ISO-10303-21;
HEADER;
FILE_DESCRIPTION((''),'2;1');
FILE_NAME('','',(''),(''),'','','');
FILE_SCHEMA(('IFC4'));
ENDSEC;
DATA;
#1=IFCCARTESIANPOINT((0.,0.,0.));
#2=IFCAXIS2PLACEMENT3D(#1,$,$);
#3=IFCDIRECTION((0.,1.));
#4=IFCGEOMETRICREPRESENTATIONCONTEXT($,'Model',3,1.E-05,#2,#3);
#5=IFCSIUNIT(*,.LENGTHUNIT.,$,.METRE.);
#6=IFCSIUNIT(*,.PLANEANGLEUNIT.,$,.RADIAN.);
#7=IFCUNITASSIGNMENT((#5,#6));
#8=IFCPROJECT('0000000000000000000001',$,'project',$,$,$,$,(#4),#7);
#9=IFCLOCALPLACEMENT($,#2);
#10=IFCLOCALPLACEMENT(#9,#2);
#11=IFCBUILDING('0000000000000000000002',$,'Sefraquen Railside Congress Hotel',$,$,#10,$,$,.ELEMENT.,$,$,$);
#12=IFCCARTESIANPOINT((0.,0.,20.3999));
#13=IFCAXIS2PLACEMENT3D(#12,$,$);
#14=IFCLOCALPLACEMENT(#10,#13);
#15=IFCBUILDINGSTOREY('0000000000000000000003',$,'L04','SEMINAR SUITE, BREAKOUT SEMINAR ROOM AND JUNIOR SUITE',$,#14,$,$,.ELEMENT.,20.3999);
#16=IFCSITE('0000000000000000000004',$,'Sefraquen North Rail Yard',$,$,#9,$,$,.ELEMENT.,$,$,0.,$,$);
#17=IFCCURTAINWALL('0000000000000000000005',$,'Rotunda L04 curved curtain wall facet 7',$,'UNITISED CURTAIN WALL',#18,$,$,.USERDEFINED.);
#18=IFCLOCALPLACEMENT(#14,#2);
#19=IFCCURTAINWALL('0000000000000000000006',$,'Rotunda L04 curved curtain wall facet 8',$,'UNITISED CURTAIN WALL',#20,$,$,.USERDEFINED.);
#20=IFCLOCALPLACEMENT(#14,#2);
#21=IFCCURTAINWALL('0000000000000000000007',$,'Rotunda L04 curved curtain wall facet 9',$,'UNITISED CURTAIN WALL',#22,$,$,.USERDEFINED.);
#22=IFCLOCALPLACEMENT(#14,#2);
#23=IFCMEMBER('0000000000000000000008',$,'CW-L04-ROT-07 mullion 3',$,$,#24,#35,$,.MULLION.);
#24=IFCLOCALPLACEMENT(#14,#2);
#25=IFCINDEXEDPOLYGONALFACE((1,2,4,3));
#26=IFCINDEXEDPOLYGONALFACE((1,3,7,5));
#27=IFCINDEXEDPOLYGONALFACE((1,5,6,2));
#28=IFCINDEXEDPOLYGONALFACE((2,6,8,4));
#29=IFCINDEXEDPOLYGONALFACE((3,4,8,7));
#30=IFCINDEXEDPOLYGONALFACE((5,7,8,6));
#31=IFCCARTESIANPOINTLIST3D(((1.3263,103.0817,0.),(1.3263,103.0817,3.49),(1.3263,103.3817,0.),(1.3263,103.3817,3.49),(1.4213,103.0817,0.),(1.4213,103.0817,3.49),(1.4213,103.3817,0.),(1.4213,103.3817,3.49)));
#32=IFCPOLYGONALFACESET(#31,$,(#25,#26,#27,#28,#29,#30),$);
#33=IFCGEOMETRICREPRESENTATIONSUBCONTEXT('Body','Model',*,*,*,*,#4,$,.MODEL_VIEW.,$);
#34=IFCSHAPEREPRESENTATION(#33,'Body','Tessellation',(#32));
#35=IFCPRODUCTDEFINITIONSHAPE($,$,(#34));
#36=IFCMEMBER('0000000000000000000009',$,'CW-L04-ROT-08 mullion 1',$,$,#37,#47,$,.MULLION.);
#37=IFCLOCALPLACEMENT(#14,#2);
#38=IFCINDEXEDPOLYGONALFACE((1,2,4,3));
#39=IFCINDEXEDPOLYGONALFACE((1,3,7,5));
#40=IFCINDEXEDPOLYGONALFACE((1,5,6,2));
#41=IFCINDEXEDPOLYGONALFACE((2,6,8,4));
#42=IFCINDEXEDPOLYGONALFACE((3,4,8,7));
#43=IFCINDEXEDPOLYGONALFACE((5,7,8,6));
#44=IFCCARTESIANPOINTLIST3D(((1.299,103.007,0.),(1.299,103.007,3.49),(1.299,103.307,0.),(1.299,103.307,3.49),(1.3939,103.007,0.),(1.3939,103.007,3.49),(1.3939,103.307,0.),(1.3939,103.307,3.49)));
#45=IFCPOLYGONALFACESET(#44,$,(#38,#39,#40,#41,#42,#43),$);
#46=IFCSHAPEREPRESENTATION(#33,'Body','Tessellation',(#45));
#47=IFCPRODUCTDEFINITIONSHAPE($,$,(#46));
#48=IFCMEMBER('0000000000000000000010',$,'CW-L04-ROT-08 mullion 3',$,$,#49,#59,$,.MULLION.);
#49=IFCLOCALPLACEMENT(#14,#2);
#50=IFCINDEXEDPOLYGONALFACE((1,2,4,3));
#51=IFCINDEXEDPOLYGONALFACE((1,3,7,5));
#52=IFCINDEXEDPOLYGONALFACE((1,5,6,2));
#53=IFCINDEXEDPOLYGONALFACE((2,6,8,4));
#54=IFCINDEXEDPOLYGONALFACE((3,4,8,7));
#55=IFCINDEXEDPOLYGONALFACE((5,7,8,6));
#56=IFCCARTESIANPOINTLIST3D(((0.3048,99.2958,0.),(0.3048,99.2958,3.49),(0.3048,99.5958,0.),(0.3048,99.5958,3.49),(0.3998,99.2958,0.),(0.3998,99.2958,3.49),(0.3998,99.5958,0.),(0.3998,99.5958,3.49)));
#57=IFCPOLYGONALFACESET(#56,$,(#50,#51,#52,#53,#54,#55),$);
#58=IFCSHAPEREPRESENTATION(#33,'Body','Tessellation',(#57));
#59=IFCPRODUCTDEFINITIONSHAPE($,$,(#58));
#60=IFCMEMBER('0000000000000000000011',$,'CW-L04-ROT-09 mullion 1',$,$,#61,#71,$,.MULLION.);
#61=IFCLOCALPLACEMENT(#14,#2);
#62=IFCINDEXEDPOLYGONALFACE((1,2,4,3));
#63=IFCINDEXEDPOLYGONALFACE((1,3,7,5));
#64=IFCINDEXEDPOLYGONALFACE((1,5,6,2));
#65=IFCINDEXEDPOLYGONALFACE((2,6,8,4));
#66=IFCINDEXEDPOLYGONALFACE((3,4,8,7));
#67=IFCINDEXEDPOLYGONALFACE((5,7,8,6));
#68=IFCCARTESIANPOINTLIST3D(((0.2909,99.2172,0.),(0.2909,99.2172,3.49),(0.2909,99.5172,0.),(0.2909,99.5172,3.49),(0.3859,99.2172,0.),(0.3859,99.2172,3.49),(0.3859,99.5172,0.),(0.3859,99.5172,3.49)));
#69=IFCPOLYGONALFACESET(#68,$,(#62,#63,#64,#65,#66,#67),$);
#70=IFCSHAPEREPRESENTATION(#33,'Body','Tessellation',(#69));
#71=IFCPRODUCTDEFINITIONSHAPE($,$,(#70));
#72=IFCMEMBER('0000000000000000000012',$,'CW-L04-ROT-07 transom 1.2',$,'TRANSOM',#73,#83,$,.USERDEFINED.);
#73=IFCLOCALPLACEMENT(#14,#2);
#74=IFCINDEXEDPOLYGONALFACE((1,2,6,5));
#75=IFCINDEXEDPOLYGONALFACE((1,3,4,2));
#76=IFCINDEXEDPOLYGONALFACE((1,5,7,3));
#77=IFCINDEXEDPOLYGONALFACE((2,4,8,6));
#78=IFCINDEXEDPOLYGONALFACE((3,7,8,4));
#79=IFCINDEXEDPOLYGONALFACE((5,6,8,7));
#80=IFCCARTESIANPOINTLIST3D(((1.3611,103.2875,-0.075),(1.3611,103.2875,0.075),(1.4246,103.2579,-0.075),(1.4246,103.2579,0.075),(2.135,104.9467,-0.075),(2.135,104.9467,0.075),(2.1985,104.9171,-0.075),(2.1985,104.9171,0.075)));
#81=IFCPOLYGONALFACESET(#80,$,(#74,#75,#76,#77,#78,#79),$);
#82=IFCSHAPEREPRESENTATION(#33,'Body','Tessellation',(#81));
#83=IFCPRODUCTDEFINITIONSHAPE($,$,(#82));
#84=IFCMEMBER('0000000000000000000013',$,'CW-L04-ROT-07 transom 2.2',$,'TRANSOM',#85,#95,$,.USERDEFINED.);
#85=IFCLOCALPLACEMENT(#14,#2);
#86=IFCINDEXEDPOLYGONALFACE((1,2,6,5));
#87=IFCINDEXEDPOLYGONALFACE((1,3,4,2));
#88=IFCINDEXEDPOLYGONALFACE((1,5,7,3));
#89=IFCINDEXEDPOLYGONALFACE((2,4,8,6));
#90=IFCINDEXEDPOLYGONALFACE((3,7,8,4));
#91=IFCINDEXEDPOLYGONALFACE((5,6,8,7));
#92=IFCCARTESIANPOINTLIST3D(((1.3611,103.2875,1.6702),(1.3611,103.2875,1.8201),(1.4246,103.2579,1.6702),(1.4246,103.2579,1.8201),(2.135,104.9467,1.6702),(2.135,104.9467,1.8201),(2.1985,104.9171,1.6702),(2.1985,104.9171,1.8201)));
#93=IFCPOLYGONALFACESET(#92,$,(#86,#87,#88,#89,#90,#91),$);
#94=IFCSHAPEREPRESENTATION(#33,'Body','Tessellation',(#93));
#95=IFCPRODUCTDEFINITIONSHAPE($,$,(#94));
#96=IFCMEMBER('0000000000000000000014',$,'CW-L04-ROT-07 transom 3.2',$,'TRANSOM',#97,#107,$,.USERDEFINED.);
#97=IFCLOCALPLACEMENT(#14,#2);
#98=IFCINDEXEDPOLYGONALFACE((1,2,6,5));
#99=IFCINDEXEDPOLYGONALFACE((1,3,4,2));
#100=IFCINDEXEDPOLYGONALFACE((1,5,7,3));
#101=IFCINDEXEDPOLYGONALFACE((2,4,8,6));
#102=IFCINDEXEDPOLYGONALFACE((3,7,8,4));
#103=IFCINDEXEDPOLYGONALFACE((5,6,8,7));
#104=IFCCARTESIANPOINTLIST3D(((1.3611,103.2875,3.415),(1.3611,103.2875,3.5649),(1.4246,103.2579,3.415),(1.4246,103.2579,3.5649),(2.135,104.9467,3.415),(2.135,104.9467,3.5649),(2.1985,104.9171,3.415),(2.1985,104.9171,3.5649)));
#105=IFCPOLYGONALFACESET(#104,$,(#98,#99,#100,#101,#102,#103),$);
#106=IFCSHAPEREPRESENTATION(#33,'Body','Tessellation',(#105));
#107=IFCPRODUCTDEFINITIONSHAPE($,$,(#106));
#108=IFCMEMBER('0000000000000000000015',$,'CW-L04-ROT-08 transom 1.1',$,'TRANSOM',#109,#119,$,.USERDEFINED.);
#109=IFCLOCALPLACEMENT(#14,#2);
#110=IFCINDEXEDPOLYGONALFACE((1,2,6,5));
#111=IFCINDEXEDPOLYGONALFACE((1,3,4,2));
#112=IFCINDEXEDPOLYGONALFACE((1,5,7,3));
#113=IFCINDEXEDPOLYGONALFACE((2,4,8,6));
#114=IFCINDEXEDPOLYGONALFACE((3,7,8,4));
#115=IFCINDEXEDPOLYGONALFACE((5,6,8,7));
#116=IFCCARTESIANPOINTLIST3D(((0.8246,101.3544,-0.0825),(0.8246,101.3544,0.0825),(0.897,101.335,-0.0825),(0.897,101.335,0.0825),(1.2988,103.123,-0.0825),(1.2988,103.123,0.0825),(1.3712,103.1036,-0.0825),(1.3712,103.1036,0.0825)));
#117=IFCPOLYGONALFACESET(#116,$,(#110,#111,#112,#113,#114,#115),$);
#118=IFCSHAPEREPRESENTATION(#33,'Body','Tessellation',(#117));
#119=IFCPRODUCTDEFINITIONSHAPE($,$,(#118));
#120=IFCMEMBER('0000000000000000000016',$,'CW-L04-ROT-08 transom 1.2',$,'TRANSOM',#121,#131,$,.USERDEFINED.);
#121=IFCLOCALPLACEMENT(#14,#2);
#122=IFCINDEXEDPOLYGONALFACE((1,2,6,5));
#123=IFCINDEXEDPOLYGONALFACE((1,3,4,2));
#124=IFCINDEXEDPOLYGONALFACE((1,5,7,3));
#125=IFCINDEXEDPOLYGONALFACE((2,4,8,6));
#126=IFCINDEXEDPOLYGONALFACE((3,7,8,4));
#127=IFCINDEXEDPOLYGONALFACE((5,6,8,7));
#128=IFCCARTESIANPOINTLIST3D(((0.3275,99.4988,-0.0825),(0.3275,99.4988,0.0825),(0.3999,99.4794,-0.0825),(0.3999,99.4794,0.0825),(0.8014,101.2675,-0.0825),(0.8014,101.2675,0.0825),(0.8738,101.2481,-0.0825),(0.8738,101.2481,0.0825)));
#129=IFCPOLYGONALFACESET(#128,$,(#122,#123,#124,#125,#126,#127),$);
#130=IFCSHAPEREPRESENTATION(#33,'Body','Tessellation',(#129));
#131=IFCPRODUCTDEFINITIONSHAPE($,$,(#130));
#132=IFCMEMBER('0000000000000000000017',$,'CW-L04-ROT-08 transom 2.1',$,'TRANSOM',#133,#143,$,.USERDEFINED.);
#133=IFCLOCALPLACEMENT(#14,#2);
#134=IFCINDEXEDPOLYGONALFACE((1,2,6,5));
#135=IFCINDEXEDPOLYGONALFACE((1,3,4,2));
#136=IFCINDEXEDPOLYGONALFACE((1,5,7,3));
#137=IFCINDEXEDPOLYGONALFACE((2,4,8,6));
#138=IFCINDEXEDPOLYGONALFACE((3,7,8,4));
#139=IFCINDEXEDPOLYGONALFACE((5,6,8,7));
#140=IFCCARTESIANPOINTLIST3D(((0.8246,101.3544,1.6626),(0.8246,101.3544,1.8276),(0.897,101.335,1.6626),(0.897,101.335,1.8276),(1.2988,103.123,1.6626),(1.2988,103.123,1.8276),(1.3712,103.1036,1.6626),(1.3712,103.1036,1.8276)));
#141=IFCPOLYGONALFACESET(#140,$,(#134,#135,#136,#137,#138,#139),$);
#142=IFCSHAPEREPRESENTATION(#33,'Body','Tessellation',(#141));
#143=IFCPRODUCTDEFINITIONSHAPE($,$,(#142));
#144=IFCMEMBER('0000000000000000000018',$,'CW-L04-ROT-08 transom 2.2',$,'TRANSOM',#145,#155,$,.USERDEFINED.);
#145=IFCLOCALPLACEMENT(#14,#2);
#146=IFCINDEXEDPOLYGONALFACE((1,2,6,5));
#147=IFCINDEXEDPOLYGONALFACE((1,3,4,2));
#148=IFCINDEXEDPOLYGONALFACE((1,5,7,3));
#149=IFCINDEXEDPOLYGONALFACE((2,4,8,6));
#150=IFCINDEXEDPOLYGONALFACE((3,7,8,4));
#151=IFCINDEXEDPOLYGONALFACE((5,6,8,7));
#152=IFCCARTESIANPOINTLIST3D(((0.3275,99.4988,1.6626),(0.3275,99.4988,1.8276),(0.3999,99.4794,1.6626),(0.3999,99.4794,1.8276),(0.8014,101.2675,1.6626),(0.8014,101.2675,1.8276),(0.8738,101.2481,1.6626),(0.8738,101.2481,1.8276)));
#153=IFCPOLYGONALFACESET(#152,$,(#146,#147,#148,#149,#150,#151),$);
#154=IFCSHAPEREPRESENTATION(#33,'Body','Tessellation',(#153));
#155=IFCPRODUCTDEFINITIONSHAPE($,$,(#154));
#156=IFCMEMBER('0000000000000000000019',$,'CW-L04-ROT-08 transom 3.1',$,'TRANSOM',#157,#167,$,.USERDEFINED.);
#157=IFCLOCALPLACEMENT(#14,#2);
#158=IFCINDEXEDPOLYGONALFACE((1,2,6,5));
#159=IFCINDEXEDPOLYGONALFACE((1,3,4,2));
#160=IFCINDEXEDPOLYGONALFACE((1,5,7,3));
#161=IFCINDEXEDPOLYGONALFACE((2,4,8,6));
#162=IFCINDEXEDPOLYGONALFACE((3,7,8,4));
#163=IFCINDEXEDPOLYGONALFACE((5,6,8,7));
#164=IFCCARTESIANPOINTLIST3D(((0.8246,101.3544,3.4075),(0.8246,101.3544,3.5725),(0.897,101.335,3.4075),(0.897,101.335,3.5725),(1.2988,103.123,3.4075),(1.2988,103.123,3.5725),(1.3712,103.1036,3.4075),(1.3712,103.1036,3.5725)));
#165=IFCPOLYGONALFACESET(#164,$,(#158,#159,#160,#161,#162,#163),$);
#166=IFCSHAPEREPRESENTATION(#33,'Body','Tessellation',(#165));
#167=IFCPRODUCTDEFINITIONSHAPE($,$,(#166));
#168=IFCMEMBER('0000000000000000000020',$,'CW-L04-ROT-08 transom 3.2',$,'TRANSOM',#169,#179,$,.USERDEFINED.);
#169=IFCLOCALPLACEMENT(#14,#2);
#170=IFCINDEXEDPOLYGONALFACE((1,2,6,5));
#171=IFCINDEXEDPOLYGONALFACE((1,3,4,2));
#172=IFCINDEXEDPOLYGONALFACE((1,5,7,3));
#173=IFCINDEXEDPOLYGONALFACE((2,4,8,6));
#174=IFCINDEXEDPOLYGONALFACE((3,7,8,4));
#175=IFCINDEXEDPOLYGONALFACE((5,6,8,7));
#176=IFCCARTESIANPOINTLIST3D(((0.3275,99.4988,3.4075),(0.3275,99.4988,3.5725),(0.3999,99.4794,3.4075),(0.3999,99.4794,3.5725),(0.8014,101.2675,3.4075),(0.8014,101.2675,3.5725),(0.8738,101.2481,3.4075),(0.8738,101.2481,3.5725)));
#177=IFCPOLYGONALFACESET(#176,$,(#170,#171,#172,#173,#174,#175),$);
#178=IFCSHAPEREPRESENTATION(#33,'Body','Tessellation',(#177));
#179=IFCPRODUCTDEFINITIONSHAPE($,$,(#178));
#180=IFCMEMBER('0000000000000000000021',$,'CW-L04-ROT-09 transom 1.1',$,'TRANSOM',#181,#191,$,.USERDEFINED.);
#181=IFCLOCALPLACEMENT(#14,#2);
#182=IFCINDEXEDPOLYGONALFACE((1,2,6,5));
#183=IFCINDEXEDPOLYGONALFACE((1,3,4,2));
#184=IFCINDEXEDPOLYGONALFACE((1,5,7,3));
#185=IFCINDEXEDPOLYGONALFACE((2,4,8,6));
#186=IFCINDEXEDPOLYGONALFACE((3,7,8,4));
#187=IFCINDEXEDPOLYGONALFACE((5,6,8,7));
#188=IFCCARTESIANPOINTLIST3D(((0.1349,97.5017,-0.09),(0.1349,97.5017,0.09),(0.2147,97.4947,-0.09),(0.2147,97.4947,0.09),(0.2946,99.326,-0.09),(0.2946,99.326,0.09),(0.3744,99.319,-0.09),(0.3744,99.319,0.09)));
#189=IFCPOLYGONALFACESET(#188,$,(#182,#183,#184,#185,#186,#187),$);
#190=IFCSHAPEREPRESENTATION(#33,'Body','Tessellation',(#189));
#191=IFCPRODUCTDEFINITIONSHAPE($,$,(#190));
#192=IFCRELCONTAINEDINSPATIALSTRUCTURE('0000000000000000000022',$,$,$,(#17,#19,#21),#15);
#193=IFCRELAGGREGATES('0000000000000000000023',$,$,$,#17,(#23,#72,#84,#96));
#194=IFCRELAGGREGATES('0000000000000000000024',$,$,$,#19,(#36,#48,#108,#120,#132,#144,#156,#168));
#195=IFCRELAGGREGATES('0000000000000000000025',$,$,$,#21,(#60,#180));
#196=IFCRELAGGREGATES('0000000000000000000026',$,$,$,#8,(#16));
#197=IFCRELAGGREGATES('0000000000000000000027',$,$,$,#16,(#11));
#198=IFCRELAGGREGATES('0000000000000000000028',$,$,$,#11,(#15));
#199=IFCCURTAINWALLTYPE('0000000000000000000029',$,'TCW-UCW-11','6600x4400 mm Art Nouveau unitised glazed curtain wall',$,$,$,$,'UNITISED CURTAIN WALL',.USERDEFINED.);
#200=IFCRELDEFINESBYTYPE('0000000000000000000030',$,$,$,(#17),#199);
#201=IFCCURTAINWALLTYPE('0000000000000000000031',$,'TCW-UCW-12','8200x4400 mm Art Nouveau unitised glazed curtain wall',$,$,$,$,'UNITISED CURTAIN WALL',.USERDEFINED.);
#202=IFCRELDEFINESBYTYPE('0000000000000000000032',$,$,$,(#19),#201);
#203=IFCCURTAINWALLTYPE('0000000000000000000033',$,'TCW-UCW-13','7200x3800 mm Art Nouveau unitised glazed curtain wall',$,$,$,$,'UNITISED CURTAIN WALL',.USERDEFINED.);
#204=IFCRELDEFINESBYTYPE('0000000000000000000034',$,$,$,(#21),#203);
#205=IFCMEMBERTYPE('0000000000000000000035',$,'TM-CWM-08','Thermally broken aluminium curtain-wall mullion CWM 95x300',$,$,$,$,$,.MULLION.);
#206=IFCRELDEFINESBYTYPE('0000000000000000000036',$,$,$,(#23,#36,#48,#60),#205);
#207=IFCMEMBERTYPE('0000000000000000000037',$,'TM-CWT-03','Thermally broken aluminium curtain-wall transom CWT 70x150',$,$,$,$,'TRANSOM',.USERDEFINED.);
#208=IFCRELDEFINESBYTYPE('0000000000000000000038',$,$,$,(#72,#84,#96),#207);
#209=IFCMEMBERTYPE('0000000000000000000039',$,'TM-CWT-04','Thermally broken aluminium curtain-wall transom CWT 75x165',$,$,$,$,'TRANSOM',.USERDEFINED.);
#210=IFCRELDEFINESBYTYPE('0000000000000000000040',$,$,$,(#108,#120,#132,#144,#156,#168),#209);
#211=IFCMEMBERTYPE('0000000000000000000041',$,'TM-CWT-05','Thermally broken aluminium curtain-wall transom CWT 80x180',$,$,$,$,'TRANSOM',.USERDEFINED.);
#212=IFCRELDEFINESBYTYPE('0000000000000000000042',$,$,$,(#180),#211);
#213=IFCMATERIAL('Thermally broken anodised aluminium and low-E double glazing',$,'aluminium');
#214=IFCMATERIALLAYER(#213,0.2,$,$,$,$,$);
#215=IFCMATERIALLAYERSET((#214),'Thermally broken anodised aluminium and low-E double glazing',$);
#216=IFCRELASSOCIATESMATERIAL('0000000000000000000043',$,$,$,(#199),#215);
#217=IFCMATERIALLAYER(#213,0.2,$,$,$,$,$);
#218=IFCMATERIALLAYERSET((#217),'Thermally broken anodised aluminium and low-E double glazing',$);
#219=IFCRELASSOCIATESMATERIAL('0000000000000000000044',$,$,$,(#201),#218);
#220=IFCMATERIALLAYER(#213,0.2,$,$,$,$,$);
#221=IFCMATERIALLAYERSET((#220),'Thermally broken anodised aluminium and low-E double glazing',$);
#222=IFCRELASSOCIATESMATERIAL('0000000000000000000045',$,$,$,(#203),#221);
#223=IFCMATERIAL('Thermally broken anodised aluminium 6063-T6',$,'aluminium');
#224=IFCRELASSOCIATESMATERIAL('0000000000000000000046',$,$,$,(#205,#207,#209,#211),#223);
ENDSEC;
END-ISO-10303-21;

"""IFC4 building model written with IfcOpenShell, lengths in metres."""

from ifc_helpers import new_model, si_unit, direction, frame, origin, origin_2d, place, context, subcontext, project, spatial, rectangle, extrude, material, layer, layer_set, material_profile, profile_set, type_object, element, aggregate, save


model = new_model("IFC4")

# Units and contexts
model_context = context("Model", 3, precision=1e-05, world=origin(), true_north=direction((0.0, 1.0)))
body_context = subcontext(model_context, "Body", "Model", "MODEL_VIEW")
ifc_project = project(units=[si_unit("LENGTHUNIT", "METRE"), si_unit("PLANEANGLEUNIT", "RADIAN")], contexts=[model_context])

# Site, building, storey
site_placement = place(None, origin())
site = spatial("IfcSite", under=ifc_project, at=site_placement, Name="Sefraquen North Rail Yard", CompositionType="ELEMENT", RefElevation=0.0)
building_placement = place(site_placement, origin())
building = spatial("IfcBuilding", under=site, at=building_placement, Name="Sefraquen Railside Congress Hotel", CompositionType="ELEMENT")
storey_placement = place(building_placement, frame((0.0, 0.0, 20.3999)))
storey = spatial("IfcBuildingStorey", under=building, at=storey_placement, Name="L04", Description="SEMINAR SUITE, BREAKOUT SEMINAR ROOM AND JUNIOR SUITE", CompositionType="ELEMENT", Elevation=20.3999)

# Curtain walls
ifc_material_1 = material(Name="Thermally broken anodised aluminium and low-E double glazing", Category="aluminium")
ifc_layer_1 = layer(ifc_material_1, 0.2)
ifc_layer_set_1 = layer_set([ifc_layer_1], Name="Thermally broken anodised aluminium and low-E double glazing")
curtain_wall_type_1 = type_object("IfcCurtainWallType", Name="TCW-UCW-11", Description="6600x4400 mm Art Nouveau unitised glazed curtain wall", ElementType="UNITISED CURTAIN WALL", PredefinedType="USERDEFINED", material=ifc_layer_set_1)
curtain_wall_1_placement = place(storey_placement, origin())
curtain_wall_1 = element("IfcCurtainWall", 1, at=curtain_wall_1_placement, inside=storey, type_object=curtain_wall_type_1, Name="Rotunda L04 curved curtain wall facet 7", ObjectType="UNITISED CURTAIN WALL", PredefinedType="USERDEFINED")
ifc_material_2 = material(Name="Thermally broken anodised aluminium 6063-T6", Category="aluminium")
ifc_layer_2 = layer(ifc_material_1, 0.2)
ifc_layer_set_2 = layer_set([ifc_layer_2], Name="Thermally broken anodised aluminium and low-E double glazing")
curtain_wall_type_2 = type_object("IfcCurtainWallType", Name="TCW-UCW-12", Description="8200x4400 mm Art Nouveau unitised glazed curtain wall", ElementType="UNITISED CURTAIN WALL", PredefinedType="USERDEFINED", material=ifc_layer_set_2)
curtain_wall_2_placement = place(storey_placement, origin())
curtain_wall_2 = element("IfcCurtainWall", 2, at=curtain_wall_2_placement, inside=storey, type_object=curtain_wall_type_2, Name="Rotunda L04 curved curtain wall facet 8", ObjectType="UNITISED CURTAIN WALL", PredefinedType="USERDEFINED")
ifc_layer_3 = layer(ifc_material_1, 0.2)
ifc_layer_set_3 = layer_set([ifc_layer_3], Name="Thermally broken anodised aluminium and low-E double glazing")
curtain_wall_type_3 = type_object("IfcCurtainWallType", Name="TCW-UCW-13", Description="7200x3800 mm Art Nouveau unitised glazed curtain wall", ElementType="UNITISED CURTAIN WALL", PredefinedType="USERDEFINED", material=ifc_layer_set_3)
curtain_wall_3_placement = place(storey_placement, origin())
curtain_wall_3 = element("IfcCurtainWall", 3, at=curtain_wall_3_placement, inside=storey, type_object=curtain_wall_type_3, Name="Rotunda L04 curved curtain wall facet 9", ObjectType="UNITISED CURTAIN WALL", PredefinedType="USERDEFINED")

# Members
ifc_material_profile_1 = material_profile(ifc_material_2, rectangle(XDim=0.095, YDim=0.3, at=origin_2d()), Name="CWM 95x300")
ifc_profile_set_1 = profile_set([ifc_material_profile_1], Name="Thermally broken anodised aluminium 6063-T6")
member_type_1 = type_object("IfcMemberType", Name="TM-CWM-08", Description="Thermally broken aluminium curtain-wall mullion CWM 95x300", PredefinedType="MULLION", material=ifc_profile_set_1)
member_1_placement = place(storey_placement, frame((1.3738, 103.2317, 0.0), z_axis=(0.0, 0.0, 1.0), x_axis=(1.0, 0.0, 0.0)))
member_1 = element("IfcMember", 4, at=member_1_placement, type_object=member_type_1, Name="CW-L04-ROT-07 mullion 3", PredefinedType="MULLION", context=body_context, shape_type="SweptSolid", body=[
    extrude(rectangle(XDim=0.095, YDim=0.3, at=origin_2d()), origin(), (0.0, 0.0, 1.0), 3.49),
])
member_2_placement = place(storey_placement, frame((1.3464, 103.157, 0.0), z_axis=(0.0, 0.0, 1.0), x_axis=(1.0, 0.0, 0.0)))
member_2 = element("IfcMember", 5, at=member_2_placement, type_object=member_type_1, Name="CW-L04-ROT-08 mullion 1", PredefinedType="MULLION", context=body_context, shape_type="SweptSolid", body=[
    extrude(rectangle(XDim=0.095, YDim=0.3, at=origin_2d()), origin(), (0.0, 0.0, 1.0), 3.49),
])
member_3_placement = place(storey_placement, frame((0.3523, 99.4458, 0.0), z_axis=(0.0, 0.0, 1.0), x_axis=(1.0, 0.0, 0.0)))
member_3 = element("IfcMember", 6, at=member_3_placement, type_object=member_type_1, Name="CW-L04-ROT-08 mullion 3", PredefinedType="MULLION", context=body_context, shape_type="SweptSolid", body=[
    extrude(rectangle(XDim=0.095, YDim=0.3, at=origin_2d()), origin(), (0.0, 0.0, 1.0), 3.49),
])
member_4_placement = place(storey_placement, frame((0.3384, 99.3672, 0.0), z_axis=(0.0, 0.0, 1.0), x_axis=(1.0, 0.0, 0.0)))
member_4 = element("IfcMember", 7, at=member_4_placement, type_object=member_type_1, Name="CW-L04-ROT-09 mullion 1", PredefinedType="MULLION", context=body_context, shape_type="SweptSolid", body=[
    extrude(rectangle(XDim=0.095, YDim=0.3, at=origin_2d()), origin(), (0.0, 0.0, 1.0), 3.49),
])
ifc_material_profile_2 = material_profile(ifc_material_2, rectangle(XDim=0.0701, YDim=0.1499, at=origin_2d()), Name="CWT 70x150")
ifc_profile_set_2 = profile_set([ifc_material_profile_2], Name="Thermally broken anodised aluminium 6063-T6")
member_type_2 = type_object("IfcMemberType", Name="TM-CWT-03", Description="Thermally broken aluminium curtain-wall transom CWT 70x150", ElementType="TRANSOM", PredefinedType="USERDEFINED", material=ifc_profile_set_2)
member_5_placement = place(storey_placement, frame((2.1667, 104.9319, 0.0), z_axis=(-0.422725, -0.906258, 0.0), x_axis=(0.906258, -0.422725, 0.0)))
member_5 = element("IfcMember", 8, at=member_5_placement, type_object=member_type_2, Name="CW-L04-ROT-07 transom 1.2", ObjectType="TRANSOM", PredefinedType="USERDEFINED", context=body_context, shape_type="SweptSolid", body=[
    extrude(rectangle(XDim=0.0701, YDim=0.1499, at=origin_2d()), origin(), (0.0, 0.0, 1.0), 1.8308),
])
member_6_placement = place(storey_placement, frame((2.1667, 104.9319, 1.7451), z_axis=(-0.422725, -0.906258, 0.0), x_axis=(0.906258, -0.422725, 0.0)))
member_6 = element("IfcMember", 9, at=member_6_placement, type_object=member_type_2, Name="CW-L04-ROT-07 transom 2.2", ObjectType="TRANSOM", PredefinedType="USERDEFINED", context=body_context, shape_type="SweptSolid", body=[
    extrude(rectangle(XDim=0.0701, YDim=0.1499, at=origin_2d()), origin(), (0.0, 0.0, 1.0), 1.8308),
])
member_7_placement = place(storey_placement, frame((2.1667, 104.9319, 3.49), z_axis=(-0.422725, -0.906258, 0.0), x_axis=(0.906258, -0.422725, 0.0)))
member_7 = element("IfcMember", 10, at=member_7_placement, type_object=member_type_2, Name="CW-L04-ROT-07 transom 3.2", ObjectType="TRANSOM", PredefinedType="USERDEFINED", context=body_context, shape_type="SweptSolid", body=[
    extrude(rectangle(XDim=0.0701, YDim=0.1499, at=origin_2d()), origin(), (0.0, 0.0, 1.0), 1.8308),
])
ifc_material_profile_3 = material_profile(ifc_material_2, rectangle(XDim=0.075, YDim=0.165, at=origin_2d()), Name="CWT 75x165")
ifc_profile_set_3 = profile_set([ifc_material_profile_3], Name="Thermally broken anodised aluminium 6063-T6")
member_type_3 = type_object("IfcMemberType", Name="TM-CWT-04", Description="Thermally broken aluminium curtain-wall transom CWT 75x165", ElementType="TRANSOM", PredefinedType="USERDEFINED", material=ifc_profile_set_3)
member_8_placement = place(storey_placement, frame((1.335, 103.1133, 0.0), z_axis=(-0.25894, -0.965893, 0.0), x_axis=(0.965893, -0.25894, 0.0)))
member_8 = element("IfcMember", 11, at=member_8_placement, type_object=member_type_3, Name="CW-L04-ROT-08 transom 1.1", ObjectType="TRANSOM", PredefinedType="USERDEFINED", context=body_context, shape_type="SweptSolid", body=[
    extrude(rectangle(XDim=0.075, YDim=0.165, at=origin_2d()), origin(), (0.0, 0.0, 1.0), 1.8311),
])
member_9_placement = place(storey_placement, frame((0.8376, 101.2578, 0.0), z_axis=(-0.258816, -0.965927, 0.0), x_axis=(0.965927, -0.258816, 0.0)))
member_9 = element("IfcMember", 12, at=member_9_placement, type_object=member_type_3, Name="CW-L04-ROT-08 transom 1.2", ObjectType="TRANSOM", PredefinedType="USERDEFINED", context=body_context, shape_type="SweptSolid", body=[
    extrude(rectangle(XDim=0.075, YDim=0.165, at=origin_2d()), origin(), (0.0, 0.0, 1.0), 1.8311),
])
member_10_placement = place(storey_placement, frame((1.335, 103.1133, 1.7451), z_axis=(-0.25894, -0.965893, 0.0), x_axis=(0.965893, -0.25894, 0.0)))
member_10 = element("IfcMember", 13, at=member_10_placement, type_object=member_type_3, Name="CW-L04-ROT-08 transom 2.1", ObjectType="TRANSOM", PredefinedType="USERDEFINED", context=body_context, shape_type="SweptSolid", body=[
    extrude(rectangle(XDim=0.075, YDim=0.165, at=origin_2d()), origin(), (0.0, 0.0, 1.0), 1.8311),
])
member_11_placement = place(storey_placement, frame((0.8376, 101.2578, 1.7451), z_axis=(-0.258816, -0.965927, 0.0), x_axis=(0.965927, -0.258816, 0.0)))
member_11 = element("IfcMember", 14, at=member_11_placement, type_object=member_type_3, Name="CW-L04-ROT-08 transom 2.2", ObjectType="TRANSOM", PredefinedType="USERDEFINED", context=body_context, shape_type="SweptSolid", body=[
    extrude(rectangle(XDim=0.075, YDim=0.165, at=origin_2d()), origin(), (0.0, 0.0, 1.0), 1.8311),
])
member_12_placement = place(storey_placement, frame((1.335, 103.1133, 3.49), z_axis=(-0.25894, -0.965893, 0.0), x_axis=(0.965893, -0.25894, 0.0)))
member_12 = element("IfcMember", 15, at=member_12_placement, type_object=member_type_3, Name="CW-L04-ROT-08 transom 3.1", ObjectType="TRANSOM", PredefinedType="USERDEFINED", context=body_context, shape_type="SweptSolid", body=[
    extrude(rectangle(XDim=0.075, YDim=0.165, at=origin_2d()), origin(), (0.0, 0.0, 1.0), 1.8311),
])
member_13_placement = place(storey_placement, frame((0.8376, 101.2578, 3.49), z_axis=(-0.258816, -0.965927, 0.0), x_axis=(0.965927, -0.258816, 0.0)))
member_13 = element("IfcMember", 16, at=member_13_placement, type_object=member_type_3, Name="CW-L04-ROT-08 transom 3.2", ObjectType="TRANSOM", PredefinedType="USERDEFINED", context=body_context, shape_type="SweptSolid", body=[
    extrude(rectangle(XDim=0.075, YDim=0.165, at=origin_2d()), origin(), (0.0, 0.0, 1.0), 1.8311),
])
ifc_material_profile_4 = material_profile(ifc_material_2, rectangle(XDim=0.0801, YDim=0.1799, at=origin_2d()), Name="CWT 80x180")
ifc_profile_set_4 = profile_set([ifc_material_profile_4], Name="Thermally broken anodised aluminium 6063-T6")
member_type_4 = type_object("IfcMemberType", Name="TM-CWT-05", Description="Thermally broken aluminium curtain-wall transom CWT 80x180", ElementType="TRANSOM", PredefinedType="USERDEFINED", material=ifc_profile_set_4)
member_14_placement = place(storey_placement, frame((0.3345, 99.3225, 0.0), z_axis=(-0.087193, -0.996191, 0.0), x_axis=(0.996191, -0.087193, 0.0)))
member_14 = element("IfcMember", 17, at=member_14_placement, type_object=member_type_4, Name="CW-L04-ROT-09 transom 1.1", ObjectType="TRANSOM", PredefinedType="USERDEFINED", context=body_context, shape_type="SweptSolid", body=[
    extrude(rectangle(XDim=0.0801, YDim=0.1799, at=origin_2d()), origin(), (0.0, 0.0, 1.0), 1.8313),
])

aggregate(curtain_wall_1, [member_1, member_5, member_6, member_7])
aggregate(curtain_wall_2, [member_2, member_3, member_8, member_9, member_10, member_11, member_12, member_13])
aggregate(curtain_wall_3, [member_4, member_14])

save(model, "model.ifc")
